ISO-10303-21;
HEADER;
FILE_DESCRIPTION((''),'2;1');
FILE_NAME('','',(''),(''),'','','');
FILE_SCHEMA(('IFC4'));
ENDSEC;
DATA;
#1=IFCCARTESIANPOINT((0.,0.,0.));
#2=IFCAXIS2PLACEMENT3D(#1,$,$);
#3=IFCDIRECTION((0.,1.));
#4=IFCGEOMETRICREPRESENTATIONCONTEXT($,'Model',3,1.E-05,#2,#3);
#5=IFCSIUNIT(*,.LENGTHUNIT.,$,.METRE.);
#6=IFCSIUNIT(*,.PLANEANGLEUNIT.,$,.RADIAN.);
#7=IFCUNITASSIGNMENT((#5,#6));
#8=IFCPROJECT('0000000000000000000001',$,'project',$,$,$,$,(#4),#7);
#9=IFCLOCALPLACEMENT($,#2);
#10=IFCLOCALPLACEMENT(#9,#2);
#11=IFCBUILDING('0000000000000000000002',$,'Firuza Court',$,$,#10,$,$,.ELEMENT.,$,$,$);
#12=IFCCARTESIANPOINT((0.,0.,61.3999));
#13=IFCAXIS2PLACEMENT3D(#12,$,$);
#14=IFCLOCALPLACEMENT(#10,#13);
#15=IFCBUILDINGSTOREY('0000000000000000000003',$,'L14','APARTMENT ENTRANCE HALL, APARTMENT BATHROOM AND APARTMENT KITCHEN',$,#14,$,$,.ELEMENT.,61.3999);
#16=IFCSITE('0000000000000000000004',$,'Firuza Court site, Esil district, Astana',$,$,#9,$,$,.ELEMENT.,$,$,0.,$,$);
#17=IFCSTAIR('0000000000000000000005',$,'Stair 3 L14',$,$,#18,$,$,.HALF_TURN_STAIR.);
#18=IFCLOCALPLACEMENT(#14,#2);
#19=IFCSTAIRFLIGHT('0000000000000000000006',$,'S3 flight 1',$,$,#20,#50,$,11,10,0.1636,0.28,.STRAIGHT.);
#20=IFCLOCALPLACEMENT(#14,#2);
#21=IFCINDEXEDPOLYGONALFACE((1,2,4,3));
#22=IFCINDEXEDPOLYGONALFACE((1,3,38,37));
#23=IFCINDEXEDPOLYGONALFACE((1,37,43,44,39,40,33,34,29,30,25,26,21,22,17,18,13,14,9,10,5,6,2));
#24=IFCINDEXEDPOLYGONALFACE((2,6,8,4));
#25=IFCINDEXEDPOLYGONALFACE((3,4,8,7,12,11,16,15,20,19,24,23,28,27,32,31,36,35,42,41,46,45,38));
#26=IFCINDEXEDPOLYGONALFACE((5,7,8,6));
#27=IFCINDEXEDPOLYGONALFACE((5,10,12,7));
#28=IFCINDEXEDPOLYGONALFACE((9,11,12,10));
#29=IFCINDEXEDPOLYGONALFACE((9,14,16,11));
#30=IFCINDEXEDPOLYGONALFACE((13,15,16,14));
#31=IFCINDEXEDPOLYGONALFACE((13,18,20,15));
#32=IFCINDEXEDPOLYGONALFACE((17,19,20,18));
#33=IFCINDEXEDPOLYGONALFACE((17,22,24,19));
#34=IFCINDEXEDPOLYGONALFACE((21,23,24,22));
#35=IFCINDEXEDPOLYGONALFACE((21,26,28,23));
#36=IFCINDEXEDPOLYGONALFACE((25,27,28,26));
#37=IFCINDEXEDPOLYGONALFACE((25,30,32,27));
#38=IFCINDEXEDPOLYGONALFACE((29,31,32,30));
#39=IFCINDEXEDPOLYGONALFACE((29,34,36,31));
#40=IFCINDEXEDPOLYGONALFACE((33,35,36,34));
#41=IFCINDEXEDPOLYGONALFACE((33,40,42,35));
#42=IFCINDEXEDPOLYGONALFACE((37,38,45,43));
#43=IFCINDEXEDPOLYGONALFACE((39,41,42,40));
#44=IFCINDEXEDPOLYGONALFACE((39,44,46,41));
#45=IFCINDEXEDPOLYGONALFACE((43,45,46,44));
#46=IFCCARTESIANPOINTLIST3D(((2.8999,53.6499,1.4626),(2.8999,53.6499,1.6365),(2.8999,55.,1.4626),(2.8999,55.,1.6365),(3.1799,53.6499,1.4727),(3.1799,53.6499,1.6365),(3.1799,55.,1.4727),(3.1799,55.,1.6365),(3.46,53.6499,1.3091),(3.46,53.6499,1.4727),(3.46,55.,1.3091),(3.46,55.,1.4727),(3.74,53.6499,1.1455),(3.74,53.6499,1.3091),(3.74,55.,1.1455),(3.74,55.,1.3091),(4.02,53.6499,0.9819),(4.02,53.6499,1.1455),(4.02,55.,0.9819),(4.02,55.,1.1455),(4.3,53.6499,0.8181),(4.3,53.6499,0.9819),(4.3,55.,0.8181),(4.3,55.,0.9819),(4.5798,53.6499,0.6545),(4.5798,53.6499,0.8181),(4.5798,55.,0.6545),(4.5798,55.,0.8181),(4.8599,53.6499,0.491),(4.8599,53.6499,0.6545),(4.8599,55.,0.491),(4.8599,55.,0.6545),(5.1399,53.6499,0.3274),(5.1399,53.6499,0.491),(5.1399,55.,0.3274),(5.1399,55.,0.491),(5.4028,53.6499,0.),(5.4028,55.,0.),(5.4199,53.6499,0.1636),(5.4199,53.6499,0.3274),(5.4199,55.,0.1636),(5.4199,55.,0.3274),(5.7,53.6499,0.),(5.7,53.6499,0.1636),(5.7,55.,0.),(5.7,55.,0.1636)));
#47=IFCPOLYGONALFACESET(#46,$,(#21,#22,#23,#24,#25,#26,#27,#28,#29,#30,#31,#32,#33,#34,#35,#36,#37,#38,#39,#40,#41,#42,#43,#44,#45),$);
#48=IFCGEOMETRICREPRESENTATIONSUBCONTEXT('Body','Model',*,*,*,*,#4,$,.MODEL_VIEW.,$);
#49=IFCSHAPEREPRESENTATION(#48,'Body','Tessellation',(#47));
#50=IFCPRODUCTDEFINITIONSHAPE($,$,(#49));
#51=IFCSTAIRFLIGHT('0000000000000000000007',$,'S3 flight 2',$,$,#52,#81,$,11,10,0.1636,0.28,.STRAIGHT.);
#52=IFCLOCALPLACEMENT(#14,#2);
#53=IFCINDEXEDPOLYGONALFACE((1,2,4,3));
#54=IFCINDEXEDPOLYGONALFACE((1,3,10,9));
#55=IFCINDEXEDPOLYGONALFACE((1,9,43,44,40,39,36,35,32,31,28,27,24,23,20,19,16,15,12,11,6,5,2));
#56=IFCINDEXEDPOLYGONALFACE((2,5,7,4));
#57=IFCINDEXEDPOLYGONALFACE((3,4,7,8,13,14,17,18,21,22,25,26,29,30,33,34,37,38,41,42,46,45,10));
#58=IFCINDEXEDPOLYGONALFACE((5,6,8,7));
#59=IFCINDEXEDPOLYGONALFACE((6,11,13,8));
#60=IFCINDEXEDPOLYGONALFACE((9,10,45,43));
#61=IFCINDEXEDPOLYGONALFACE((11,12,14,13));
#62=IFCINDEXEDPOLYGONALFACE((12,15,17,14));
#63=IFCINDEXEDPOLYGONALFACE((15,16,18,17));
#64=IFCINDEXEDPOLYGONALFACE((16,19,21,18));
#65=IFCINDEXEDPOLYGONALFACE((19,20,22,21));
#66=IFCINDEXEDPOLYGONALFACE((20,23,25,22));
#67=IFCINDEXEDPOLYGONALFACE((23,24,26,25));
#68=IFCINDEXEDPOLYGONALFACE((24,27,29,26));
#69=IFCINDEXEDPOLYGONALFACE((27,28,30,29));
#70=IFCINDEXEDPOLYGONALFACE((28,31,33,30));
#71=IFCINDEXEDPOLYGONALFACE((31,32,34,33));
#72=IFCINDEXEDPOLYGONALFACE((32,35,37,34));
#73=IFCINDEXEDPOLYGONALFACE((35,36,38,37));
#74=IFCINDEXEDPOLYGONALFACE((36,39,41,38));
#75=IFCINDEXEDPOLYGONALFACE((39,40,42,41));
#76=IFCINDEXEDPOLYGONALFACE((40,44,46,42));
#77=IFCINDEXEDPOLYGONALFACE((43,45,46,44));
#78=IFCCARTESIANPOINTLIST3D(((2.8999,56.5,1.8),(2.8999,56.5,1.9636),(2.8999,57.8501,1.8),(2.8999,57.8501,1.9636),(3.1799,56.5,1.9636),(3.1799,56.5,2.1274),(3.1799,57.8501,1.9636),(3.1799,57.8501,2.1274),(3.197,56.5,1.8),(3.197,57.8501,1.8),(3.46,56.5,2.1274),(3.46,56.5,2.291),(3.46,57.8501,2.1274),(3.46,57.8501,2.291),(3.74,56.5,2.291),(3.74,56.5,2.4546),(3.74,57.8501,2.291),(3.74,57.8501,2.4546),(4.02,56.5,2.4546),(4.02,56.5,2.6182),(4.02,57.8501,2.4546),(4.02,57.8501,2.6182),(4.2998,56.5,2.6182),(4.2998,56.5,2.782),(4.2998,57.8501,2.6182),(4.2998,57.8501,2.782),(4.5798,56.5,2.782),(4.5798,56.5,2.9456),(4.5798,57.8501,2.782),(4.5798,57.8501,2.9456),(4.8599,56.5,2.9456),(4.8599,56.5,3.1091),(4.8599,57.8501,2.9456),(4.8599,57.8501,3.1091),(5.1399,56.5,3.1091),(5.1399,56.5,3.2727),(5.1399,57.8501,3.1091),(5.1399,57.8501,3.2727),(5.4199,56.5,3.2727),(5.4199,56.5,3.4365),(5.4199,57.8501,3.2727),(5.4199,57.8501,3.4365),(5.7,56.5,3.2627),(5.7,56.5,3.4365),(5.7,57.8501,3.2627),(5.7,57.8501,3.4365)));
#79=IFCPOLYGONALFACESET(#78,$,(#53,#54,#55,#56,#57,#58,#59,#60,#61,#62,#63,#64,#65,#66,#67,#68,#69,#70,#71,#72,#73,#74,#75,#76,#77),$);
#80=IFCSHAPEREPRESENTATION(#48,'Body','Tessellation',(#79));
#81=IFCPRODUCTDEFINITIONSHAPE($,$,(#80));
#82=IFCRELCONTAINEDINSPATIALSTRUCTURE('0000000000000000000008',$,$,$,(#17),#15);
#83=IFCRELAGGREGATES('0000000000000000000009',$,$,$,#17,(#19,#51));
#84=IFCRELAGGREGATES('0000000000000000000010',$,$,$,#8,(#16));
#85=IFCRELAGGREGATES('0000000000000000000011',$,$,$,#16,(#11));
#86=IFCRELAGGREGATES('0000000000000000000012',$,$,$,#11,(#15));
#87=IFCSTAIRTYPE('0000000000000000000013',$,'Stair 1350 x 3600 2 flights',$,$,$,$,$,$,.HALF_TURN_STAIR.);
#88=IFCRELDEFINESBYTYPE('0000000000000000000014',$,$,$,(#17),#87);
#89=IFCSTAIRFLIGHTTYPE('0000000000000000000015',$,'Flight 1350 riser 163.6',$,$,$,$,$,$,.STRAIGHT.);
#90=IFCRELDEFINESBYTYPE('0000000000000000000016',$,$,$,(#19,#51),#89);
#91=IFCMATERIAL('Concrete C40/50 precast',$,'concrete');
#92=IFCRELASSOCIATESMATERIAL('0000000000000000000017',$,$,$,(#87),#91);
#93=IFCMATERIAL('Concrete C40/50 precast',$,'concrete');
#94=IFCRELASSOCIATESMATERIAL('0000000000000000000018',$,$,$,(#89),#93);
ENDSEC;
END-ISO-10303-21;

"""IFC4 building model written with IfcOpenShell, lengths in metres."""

from ifc_helpers import new_model, si_unit, direction, frame, origin, place, context, subcontext, project, spatial, polyline, outline, extrude, material, type_object, element, aggregate, save


model = new_model("IFC4")

# Units and contexts
model_context = context("Model", 3, precision=1e-05, world=origin(), true_north=direction((0.0, 1.0)))
body_context = subcontext(model_context, "Body", "Model", "MODEL_VIEW")
ifc_project = project(units=[si_unit("LENGTHUNIT", "METRE"), si_unit("PLANEANGLEUNIT", "RADIAN")], contexts=[model_context])

# Site, building, storey
site_placement = place(None, origin())
site = spatial("IfcSite", under=ifc_project, at=site_placement, Name="Firuza Court site, Esil district, Astana", CompositionType="ELEMENT", RefElevation=0.0)
building_placement = place(site_placement, origin())
building = spatial("IfcBuilding", under=site, at=building_placement, Name="Firuza Court", CompositionType="ELEMENT")
storey_placement = place(building_placement, frame((0.0, 0.0, 61.3999)))
storey = spatial("IfcBuildingStorey", under=building, at=storey_placement, Name="L14", Description="APARTMENT ENTRANCE HALL, APARTMENT BATHROOM AND APARTMENT KITCHEN", CompositionType="ELEMENT", Elevation=61.3999)

# Stair, stair flights
ifc_material_1 = material(Name="Concrete C40/50 precast", Category="concrete")
stair_type = type_object("IfcStairType", Name="Stair 1350 x 3600 2 flights", PredefinedType="HALF_TURN_STAIR", material=ifc_material_1)
stair_placement = place(storey_placement, origin())
stair = element("IfcStair", 1, at=stair_placement, inside=storey, type_object=stair_type, Name="Stair 3 L14", PredefinedType="HALF_TURN_STAIR")
ifc_material_2 = material(Name="Concrete C40/50 precast", Category="concrete")
stair_flight_type = type_object("IfcStairFlightType", Name="Flight 1350 riser 163.6", PredefinedType="STRAIGHT", material=ifc_material_2)
stair_flight_1_placement = place(storey_placement, frame((5.7, 54.325, 0.0), z_axis=(0.0, 0.0, 1.0), x_axis=(-1.0, 0.0, 0.0)))
stair_flight_1 = element("IfcStairFlight", 2, at=stair_flight_1_placement, type_object=stair_flight_type, Name="S3 flight 1", NumberOfRisers=11, NumberOfTreads=10, PredefinedType="STRAIGHT", RiserHeight=0.1636, TreadLength=0.28, context=body_context, shape_type="SweptSolid", body=[
    extrude(outline(polyline([(0.0, 0.0), (0.0, 0.1636), (0.28, 0.1636), (0.28, 0.3274), (0.5601, 0.3274), (0.5601, 0.491), (0.8401, 0.491), (0.8401, 0.6545), (1.1201, 0.6545), (1.1201, 0.8181), (1.3999, 0.8181), (1.3999, 0.9819), (1.6799, 0.9819), (1.6799, 1.1455), (1.96, 1.1455), (1.96, 1.3091), (2.24, 1.3091), (2.24, 1.4727), (2.52, 1.4727), (2.52, 1.6365), (2.8, 1.6365), (2.8, 1.8), (2.8, 1.4626), (0.2971, 0.0), (0.0, 0.0)])), frame((0.0, 0.675, 0.0), z_axis=(0.0, -1.0, 0.0), x_axis=(1.0, 0.0, 0.0)), (0.0, 0.0, 1.0), 1.3501),
])
stair_flight_2_placement = place(storey_placement, frame((2.8999, 57.175, 1.8), z_axis=(0.0, 0.0, 1.0), x_axis=(1.0, 0.0, 0.0)))
stair_flight_2 = element("IfcStairFlight", 3, at=stair_flight_2_placement, type_object=stair_flight_type, Name="S3 flight 2", NumberOfRisers=11, NumberOfTreads=10, PredefinedType="STRAIGHT", RiserHeight=0.1636, TreadLength=0.28, context=body_context, shape_type="SweptSolid", body=[
    extrude(outline(polyline([(0.0, 0.0), (0.0, 0.1636), (0.28, 0.1636), (0.28, 0.3274), (0.5601, 0.3274), (0.5601, 0.491), (0.8401, 0.491), (0.8401, 0.6545), (1.1201, 0.6545), (1.1201, 0.8181), (1.3999, 0.8181), (1.3999, 0.9819), (1.6799, 0.9819), (1.6799, 1.1455), (1.96, 1.1455), (1.96, 1.3091), (2.24, 1.3091), (2.24, 1.4727), (2.52, 1.4727), (2.52, 1.6365), (2.8, 1.6365), (2.8, 1.8), (2.8, 1.4626), (0.2971, 0.0), (0.0, 0.0)])), frame((0.0, 0.675, 0.0), z_axis=(0.0, -1.0, 0.0), x_axis=(1.0, 0.0, 0.0)), (0.0, 0.0, 1.0), 1.3501),
])
aggregate(stair, [stair_flight_1, stair_flight_2])

save(model, "model.ifc")
